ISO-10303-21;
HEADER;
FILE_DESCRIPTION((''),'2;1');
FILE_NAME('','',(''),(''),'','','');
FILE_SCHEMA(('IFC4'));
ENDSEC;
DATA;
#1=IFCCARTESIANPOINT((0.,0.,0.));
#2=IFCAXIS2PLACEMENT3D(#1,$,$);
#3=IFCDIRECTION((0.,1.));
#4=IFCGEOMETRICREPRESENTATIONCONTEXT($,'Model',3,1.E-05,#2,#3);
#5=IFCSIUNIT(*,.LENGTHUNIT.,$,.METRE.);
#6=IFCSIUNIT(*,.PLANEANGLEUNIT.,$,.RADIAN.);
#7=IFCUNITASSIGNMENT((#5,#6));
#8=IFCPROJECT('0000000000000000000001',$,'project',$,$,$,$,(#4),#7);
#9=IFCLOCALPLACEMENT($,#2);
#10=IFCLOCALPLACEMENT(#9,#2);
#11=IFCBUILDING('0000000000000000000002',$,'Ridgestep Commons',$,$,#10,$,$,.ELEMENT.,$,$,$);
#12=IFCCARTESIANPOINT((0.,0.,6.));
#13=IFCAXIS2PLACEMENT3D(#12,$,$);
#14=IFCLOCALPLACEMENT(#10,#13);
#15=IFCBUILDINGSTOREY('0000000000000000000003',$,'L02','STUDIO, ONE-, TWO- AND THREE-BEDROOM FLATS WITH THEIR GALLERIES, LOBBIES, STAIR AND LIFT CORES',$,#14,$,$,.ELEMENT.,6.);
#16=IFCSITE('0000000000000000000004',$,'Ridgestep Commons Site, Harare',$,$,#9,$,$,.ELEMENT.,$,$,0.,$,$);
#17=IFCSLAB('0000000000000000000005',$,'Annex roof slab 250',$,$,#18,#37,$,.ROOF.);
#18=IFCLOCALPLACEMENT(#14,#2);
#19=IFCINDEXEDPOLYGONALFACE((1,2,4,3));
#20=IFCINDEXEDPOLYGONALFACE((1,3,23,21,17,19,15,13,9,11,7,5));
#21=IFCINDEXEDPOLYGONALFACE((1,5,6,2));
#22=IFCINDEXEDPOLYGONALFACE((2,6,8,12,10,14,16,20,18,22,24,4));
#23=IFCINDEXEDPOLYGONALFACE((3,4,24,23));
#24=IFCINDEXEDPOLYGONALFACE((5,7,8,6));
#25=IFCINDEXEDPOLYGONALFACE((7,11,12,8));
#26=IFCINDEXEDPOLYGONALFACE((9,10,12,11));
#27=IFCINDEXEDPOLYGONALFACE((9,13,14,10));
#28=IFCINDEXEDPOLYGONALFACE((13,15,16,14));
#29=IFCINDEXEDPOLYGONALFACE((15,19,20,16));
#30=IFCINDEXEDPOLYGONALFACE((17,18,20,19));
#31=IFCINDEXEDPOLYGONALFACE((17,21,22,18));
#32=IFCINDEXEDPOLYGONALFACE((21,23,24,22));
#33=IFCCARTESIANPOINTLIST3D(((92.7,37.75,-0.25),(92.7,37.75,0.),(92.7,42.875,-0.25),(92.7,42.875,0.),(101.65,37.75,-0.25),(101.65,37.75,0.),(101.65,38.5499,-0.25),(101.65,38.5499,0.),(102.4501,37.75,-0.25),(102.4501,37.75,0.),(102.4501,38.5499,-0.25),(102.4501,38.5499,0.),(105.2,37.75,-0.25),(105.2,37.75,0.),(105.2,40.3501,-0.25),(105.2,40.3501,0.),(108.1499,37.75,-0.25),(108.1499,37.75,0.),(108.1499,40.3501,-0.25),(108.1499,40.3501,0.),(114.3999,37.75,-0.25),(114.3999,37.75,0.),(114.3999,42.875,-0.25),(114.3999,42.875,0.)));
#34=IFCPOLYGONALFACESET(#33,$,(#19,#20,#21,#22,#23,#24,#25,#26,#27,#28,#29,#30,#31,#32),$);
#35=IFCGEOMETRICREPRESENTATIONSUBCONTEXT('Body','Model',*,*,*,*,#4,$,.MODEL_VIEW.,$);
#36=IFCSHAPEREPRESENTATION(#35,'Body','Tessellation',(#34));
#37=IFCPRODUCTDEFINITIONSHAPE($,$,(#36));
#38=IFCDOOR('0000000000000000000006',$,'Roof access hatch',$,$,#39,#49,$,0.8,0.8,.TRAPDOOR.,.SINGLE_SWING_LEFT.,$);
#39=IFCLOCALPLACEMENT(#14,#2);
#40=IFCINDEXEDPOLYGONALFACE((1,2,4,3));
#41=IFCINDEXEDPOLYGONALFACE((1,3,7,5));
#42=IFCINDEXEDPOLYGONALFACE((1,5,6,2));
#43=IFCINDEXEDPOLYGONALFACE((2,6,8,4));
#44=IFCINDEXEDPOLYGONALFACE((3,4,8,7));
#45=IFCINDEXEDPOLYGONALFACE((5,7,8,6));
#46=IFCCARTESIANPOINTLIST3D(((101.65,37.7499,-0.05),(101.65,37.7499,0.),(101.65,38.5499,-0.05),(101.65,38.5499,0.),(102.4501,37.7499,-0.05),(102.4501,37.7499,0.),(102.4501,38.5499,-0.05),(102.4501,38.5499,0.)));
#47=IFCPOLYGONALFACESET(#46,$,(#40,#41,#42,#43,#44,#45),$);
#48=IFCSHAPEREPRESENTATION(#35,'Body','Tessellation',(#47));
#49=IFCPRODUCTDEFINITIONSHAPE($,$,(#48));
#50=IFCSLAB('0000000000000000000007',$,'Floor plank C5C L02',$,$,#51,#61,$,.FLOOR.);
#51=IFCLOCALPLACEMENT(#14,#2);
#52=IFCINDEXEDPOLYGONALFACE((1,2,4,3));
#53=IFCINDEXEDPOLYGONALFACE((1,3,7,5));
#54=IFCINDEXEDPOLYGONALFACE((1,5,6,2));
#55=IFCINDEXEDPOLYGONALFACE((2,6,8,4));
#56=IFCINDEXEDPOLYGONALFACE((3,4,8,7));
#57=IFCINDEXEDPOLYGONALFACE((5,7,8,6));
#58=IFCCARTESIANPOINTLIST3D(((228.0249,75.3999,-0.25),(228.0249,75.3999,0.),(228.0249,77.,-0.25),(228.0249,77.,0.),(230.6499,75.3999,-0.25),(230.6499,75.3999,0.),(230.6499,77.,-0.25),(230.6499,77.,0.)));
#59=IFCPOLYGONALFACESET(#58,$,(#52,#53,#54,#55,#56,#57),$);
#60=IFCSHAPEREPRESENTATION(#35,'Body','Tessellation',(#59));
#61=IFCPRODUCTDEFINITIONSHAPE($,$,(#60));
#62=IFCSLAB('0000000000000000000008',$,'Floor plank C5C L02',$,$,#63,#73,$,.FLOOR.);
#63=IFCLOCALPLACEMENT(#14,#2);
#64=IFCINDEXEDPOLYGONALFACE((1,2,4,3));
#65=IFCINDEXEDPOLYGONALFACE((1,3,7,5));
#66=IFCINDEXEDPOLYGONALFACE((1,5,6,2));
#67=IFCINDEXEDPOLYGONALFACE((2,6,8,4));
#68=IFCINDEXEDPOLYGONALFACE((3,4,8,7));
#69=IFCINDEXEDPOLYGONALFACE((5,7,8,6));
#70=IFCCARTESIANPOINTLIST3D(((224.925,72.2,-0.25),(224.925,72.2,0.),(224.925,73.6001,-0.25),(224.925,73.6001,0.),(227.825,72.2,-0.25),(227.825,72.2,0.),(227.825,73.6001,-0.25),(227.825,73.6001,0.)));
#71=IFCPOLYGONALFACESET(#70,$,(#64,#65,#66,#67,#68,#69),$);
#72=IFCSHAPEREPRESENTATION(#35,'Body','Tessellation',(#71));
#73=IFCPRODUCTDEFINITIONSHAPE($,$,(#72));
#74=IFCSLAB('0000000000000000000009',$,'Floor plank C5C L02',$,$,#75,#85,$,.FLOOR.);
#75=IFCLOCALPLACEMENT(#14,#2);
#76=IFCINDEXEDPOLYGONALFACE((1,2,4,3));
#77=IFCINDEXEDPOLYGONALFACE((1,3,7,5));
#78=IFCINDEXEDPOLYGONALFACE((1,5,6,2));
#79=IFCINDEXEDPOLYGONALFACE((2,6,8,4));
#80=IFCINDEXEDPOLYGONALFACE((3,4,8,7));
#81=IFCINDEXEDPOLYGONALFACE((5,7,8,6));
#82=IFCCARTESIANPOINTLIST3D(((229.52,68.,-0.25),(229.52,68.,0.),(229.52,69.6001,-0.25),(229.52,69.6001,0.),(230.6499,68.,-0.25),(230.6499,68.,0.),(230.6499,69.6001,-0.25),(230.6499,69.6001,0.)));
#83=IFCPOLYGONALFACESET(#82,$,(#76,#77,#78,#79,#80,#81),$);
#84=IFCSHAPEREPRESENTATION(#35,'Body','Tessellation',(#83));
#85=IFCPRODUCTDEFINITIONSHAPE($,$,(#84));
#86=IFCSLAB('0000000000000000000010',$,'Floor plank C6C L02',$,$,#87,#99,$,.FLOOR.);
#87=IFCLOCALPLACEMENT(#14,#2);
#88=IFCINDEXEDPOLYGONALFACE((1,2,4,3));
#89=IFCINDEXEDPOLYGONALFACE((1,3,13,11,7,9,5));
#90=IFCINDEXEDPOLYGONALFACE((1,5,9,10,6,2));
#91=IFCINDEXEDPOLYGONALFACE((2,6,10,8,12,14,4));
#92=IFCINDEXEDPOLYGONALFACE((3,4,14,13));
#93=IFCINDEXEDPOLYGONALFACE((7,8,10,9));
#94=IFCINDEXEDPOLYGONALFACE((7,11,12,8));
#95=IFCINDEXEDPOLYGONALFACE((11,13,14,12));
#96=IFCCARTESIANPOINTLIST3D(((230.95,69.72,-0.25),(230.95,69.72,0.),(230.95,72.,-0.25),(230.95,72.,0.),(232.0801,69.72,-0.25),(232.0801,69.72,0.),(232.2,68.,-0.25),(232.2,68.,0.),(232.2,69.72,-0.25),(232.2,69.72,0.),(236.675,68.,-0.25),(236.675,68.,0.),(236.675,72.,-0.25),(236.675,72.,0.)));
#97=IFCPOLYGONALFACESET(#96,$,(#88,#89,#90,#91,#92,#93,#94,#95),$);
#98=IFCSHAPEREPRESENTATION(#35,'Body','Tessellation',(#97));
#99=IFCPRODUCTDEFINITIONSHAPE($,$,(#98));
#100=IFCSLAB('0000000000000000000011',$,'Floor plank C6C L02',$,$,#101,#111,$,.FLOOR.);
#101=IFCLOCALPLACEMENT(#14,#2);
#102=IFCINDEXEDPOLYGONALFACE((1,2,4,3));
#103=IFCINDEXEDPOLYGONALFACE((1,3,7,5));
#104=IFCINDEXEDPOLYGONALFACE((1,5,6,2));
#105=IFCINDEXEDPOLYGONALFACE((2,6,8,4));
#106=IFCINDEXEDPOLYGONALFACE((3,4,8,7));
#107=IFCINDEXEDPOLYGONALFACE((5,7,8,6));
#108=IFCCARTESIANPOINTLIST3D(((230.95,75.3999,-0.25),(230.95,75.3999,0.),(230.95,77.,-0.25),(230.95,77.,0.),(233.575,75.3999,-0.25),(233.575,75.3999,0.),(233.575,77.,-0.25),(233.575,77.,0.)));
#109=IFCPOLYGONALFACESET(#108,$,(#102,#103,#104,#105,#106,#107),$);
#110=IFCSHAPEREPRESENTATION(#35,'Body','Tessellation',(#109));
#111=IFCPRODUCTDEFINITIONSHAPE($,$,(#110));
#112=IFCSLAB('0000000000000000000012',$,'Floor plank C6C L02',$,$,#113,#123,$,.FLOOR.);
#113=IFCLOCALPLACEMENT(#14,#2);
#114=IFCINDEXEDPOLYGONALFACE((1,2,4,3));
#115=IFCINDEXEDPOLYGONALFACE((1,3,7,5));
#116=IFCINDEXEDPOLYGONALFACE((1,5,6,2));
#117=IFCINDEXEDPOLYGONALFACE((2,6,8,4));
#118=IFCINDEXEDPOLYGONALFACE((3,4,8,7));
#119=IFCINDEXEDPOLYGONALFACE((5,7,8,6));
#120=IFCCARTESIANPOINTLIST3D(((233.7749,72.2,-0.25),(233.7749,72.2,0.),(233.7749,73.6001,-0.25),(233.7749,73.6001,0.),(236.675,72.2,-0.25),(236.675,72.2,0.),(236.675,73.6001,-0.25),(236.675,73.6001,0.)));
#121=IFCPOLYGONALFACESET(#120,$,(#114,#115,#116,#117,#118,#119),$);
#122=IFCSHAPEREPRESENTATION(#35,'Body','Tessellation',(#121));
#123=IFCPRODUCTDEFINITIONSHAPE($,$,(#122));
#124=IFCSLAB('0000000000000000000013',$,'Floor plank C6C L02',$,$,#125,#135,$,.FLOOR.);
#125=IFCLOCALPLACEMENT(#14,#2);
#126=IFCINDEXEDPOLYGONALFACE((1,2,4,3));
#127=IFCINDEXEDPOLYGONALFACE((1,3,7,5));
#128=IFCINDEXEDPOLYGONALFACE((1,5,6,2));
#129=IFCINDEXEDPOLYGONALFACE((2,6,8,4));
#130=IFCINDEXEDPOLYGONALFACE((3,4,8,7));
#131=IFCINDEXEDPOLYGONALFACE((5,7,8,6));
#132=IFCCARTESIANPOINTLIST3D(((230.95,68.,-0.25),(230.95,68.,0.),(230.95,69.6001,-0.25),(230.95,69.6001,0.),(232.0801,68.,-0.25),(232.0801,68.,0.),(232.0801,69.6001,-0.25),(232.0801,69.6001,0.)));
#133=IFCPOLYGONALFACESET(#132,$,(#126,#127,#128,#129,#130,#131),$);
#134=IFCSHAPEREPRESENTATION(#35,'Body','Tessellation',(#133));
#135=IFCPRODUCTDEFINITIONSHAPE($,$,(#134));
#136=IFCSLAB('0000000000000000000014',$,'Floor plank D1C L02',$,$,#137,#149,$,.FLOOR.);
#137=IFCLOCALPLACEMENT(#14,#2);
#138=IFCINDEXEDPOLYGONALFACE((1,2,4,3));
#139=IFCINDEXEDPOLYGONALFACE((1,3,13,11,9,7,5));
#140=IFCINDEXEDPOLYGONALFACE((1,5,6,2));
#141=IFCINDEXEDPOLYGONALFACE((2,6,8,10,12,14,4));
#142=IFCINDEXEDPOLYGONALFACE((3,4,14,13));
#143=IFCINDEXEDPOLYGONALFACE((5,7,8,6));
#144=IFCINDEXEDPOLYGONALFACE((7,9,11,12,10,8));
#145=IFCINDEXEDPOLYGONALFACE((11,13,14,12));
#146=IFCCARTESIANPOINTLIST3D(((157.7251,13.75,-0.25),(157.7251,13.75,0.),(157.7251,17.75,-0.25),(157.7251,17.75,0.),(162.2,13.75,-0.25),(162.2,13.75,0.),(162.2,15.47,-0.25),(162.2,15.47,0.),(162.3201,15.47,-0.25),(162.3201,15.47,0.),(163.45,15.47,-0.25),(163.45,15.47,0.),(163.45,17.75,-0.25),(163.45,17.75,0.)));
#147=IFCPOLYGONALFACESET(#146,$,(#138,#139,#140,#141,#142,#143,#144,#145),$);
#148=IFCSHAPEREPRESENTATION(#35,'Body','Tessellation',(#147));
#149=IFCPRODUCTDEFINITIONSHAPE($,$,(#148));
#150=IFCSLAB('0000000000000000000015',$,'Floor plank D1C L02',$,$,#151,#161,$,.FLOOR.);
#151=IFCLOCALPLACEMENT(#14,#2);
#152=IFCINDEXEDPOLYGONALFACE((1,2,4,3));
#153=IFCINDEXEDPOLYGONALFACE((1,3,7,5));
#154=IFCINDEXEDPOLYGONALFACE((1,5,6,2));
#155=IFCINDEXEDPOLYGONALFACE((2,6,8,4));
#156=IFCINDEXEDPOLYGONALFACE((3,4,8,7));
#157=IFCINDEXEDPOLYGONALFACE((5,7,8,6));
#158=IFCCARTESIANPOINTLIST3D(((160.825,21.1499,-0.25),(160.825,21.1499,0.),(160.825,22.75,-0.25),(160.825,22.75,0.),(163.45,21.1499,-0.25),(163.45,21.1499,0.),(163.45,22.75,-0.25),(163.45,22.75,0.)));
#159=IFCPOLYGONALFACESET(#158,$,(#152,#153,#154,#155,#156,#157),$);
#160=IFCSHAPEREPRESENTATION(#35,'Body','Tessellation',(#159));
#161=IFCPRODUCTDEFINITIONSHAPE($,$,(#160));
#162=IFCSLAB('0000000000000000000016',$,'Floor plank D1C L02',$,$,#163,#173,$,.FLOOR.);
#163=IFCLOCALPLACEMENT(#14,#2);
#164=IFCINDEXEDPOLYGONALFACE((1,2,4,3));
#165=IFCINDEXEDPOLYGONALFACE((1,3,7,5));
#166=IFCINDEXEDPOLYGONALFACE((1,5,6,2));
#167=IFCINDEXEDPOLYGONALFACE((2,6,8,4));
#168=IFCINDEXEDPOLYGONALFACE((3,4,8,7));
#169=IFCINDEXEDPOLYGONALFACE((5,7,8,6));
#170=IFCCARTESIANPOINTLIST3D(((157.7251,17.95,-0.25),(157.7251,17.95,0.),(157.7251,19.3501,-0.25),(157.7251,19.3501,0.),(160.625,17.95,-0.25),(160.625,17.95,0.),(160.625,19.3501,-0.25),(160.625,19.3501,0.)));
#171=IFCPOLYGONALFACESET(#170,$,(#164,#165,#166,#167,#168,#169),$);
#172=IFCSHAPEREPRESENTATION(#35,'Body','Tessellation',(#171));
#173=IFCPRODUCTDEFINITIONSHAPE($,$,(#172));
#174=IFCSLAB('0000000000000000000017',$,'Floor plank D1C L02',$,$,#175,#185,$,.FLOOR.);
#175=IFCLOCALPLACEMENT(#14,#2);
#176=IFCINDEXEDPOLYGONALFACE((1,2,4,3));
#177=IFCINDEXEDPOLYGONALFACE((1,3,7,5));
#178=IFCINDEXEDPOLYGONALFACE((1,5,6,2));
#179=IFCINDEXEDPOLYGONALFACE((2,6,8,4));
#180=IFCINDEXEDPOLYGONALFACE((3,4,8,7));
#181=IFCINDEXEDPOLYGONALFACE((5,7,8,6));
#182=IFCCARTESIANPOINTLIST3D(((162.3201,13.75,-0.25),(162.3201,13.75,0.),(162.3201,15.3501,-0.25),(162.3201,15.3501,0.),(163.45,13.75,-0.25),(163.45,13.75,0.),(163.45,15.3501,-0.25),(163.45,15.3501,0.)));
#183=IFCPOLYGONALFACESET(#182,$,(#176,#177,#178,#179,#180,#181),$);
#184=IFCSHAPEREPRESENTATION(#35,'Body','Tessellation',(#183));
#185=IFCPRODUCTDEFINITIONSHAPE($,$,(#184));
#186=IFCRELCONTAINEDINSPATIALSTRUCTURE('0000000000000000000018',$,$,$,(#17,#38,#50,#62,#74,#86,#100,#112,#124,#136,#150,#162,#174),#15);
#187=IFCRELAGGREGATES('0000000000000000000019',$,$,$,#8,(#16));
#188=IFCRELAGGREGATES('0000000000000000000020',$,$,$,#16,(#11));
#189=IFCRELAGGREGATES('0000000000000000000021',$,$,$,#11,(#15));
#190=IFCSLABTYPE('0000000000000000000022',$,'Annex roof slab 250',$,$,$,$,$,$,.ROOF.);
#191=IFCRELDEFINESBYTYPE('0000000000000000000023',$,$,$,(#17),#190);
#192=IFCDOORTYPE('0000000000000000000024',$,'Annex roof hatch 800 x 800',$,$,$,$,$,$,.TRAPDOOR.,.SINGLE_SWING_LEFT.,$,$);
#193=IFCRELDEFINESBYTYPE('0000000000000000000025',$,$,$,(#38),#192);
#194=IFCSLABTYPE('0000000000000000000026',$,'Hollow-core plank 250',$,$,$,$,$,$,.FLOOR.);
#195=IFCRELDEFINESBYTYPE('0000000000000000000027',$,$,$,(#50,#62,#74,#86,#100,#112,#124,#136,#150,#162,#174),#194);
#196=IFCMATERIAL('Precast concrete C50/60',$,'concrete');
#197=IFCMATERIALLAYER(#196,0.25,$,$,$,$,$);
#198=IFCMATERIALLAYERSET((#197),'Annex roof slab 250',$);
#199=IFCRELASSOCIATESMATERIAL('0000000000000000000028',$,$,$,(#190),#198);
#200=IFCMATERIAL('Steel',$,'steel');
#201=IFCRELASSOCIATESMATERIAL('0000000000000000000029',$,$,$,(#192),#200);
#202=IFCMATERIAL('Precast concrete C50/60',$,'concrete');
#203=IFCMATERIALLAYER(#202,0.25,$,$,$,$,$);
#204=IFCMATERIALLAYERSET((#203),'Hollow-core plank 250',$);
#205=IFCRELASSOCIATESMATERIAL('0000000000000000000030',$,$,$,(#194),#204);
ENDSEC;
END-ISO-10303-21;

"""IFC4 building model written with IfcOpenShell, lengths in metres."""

from ifc_helpers import new_model, si_unit, direction, frame, origin, origin_2d, place, context, subcontext, project, spatial, polyline, rectangle, outline, extrude, material, layer, layer_set, type_object, element, fill, save


model = new_model("IFC4")

# Units and contexts
model_context = context("Model", 3, precision=1e-05, world=origin(), true_north=direction((0.0, 1.0)))
body_context = subcontext(model_context, "Body", "Model", "MODEL_VIEW")
ifc_project = project(units=[si_unit("LENGTHUNIT", "METRE"), si_unit("PLANEANGLEUNIT", "RADIAN")], contexts=[model_context])

# Site, building, storey
site_placement = place(None, origin())
site = spatial("IfcSite", under=ifc_project, at=site_placement, Name="Ridgestep Commons Site, Harare", CompositionType="ELEMENT", RefElevation=0.0)
building_placement = place(site_placement, origin())
building = spatial("IfcBuilding", under=site, at=building_placement, Name="Ridgestep Commons", CompositionType="ELEMENT")
storey_placement = place(building_placement, frame((0.0, 0.0, 6.0)))
storey = spatial("IfcBuildingStorey", under=building, at=storey_placement, Name="L02", Description="STUDIO, ONE-, TWO- AND THREE-BEDROOM FLATS WITH THEIR GALLERIES, LOBBIES, STAIR AND LIFT CORES", CompositionType="ELEMENT", Elevation=6.0)

# Slab, opening, door
ifc_material_1 = material(Name="Precast concrete C50/60", Category="concrete")
ifc_layer_1 = layer(ifc_material_1, 0.25)
ifc_layer_set_1 = layer_set([ifc_layer_1], Name="Annex roof slab 250")
slab_type_1 = type_object("IfcSlabType", Name="Annex roof slab 250", PredefinedType="ROOF", material=ifc_layer_set_1)
slab_1_placement = place(storey_placement, frame((0.0, 0.0, -0.25)))
slab_1 = element("IfcSlab", 1, at=slab_1_placement, inside=storey, type_object=slab_type_1, Name="Annex roof slab 250", PredefinedType="ROOF", context=body_context, shape_type="SweptSolid", body=[
    extrude(outline(polyline([(92.7, 37.75), (92.7, 42.875), (114.3999, 42.875), (114.3999, 37.75), (108.1499, 37.75), (108.1499, 40.3501), (105.2, 40.3501), (105.2, 37.75), (92.7, 37.75)])), origin(), (0.0, 0.0, 1.0), 0.25),
])
opening_placement = place(slab_1_placement, frame((102.05, 38.1499, 0.0)))
opening = element("IfcOpeningElement", 2, at=opening_placement, cuts=slab_1, PredefinedType="OPENING", context=body_context, shape_type="SweptSolid", body=[
    extrude(rectangle(XDim=0.8, YDim=0.8, at=origin_2d()), origin(), (0.0, 0.0, 1.0), 0.25),
])
ifc_material_2 = material(Name="Steel", Category="steel")
door_type = type_object("IfcDoorType", Name="Annex roof hatch 800 x 800", OperationType="SINGLE_SWING_LEFT", PredefinedType="TRAPDOOR", material=ifc_material_2)
door_placement = place(opening_placement, frame((0.0, 0.0, 0.2)))
door = element("IfcDoor", 3, at=door_placement, inside=storey, type_object=door_type, Name="Roof access hatch", OperationType="SINGLE_SWING_LEFT", OverallHeight=0.8, OverallWidth=0.8, PredefinedType="TRAPDOOR", context=body_context, shape_type="SweptSolid", body=[
    extrude(rectangle(XDim=0.8, YDim=0.8, at=origin_2d()), origin(), (0.0, 0.0, 1.0), 0.05),
])
fill(opening, door)

# Slabs
ifc_material_3 = material(Name="Precast concrete C50/60", Category="concrete")
ifc_layer_2 = layer(ifc_material_3, 0.25)
ifc_layer_set_2 = layer_set([ifc_layer_2], Name="Hollow-core plank 250")
slab_type_2 = type_object("IfcSlabType", Name="Hollow-core plank 250", PredefinedType="FLOOR", material=ifc_layer_set_2)
slab_2_placement = place(storey_placement, frame((0.0, 0.0, -0.25)))
element("IfcSlab", 4, at=slab_2_placement, inside=storey, type_object=slab_type_2, Name="Floor plank C5C L02", PredefinedType="FLOOR", context=body_context, shape_type="SweptSolid", body=[
    extrude(outline(polyline([(230.6499, 75.3999), (230.6499, 77.0), (228.0249, 77.0), (228.0249, 75.3999), (230.6499, 75.3999)])), origin(), (0.0, 0.0, 1.0), 0.25),
])
slab_3_placement = place(storey_placement, frame((0.0, 0.0, -0.25)))
element("IfcSlab", 5, at=slab_3_placement, inside=storey, type_object=slab_type_2, Name="Floor plank C5C L02", PredefinedType="FLOOR", context=body_context, shape_type="SweptSolid", body=[
    extrude(outline(polyline([(227.825, 72.2), (227.825, 73.6001), (224.925, 73.6001), (224.925, 72.2), (227.825, 72.2)])), origin(), (0.0, 0.0, 1.0), 0.25),
])
slab_4_placement = place(storey_placement, frame((0.0, 0.0, -0.25)))
element("IfcSlab", 6, at=slab_4_placement, inside=storey, type_object=slab_type_2, Name="Floor plank C5C L02", PredefinedType="FLOOR", context=body_context, shape_type="SweptSolid", body=[
    extrude(outline(polyline([(229.52, 68.0), (230.6499, 68.0), (230.6499, 69.6001), (229.52, 69.6001), (229.52, 68.0)])), origin(), (0.0, 0.0, 1.0), 0.25),
])
slab_5_placement = place(storey_placement, frame((0.0, 0.0, -0.25)))
element("IfcSlab", 7, at=slab_5_placement, inside=storey, type_object=slab_type_2, Name="Floor plank C6C L02", PredefinedType="FLOOR", context=body_context, shape_type="SweptSolid", body=[
    extrude(outline(polyline([(232.2, 68.0), (236.675, 68.0), (236.675, 72.0), (230.95, 72.0), (230.95, 69.72), (232.0801, 69.72), (232.2, 69.72), (232.2, 68.0)])), origin(), (0.0, 0.0, 1.0), 0.25),
])
slab_6_placement = place(storey_placement, frame((0.0, 0.0, -0.25)))
element("IfcSlab", 8, at=slab_6_placement, inside=storey, type_object=slab_type_2, Name="Floor plank C6C L02", PredefinedType="FLOOR", context=body_context, shape_type="SweptSolid", body=[
    extrude(outline(polyline([(233.575, 77.0), (230.95, 77.0), (230.95, 75.3999), (233.575, 75.3999), (233.575, 77.0)])), origin(), (0.0, 0.0, 1.0), 0.25),
])
slab_7_placement = place(storey_placement, frame((0.0, 0.0, -0.25)))
element("IfcSlab", 9, at=slab_7_placement, inside=storey, type_object=slab_type_2, Name="Floor plank C6C L02", PredefinedType="FLOOR", context=body_context, shape_type="SweptSolid", body=[
    extrude(outline(polyline([(236.675, 72.2), (236.675, 73.6001), (233.7749, 73.6001), (233.7749, 72.2), (236.675, 72.2)])), origin(), (0.0, 0.0, 1.0), 0.25),
])
slab_8_placement = place(storey_placement, frame((0.0, 0.0, -0.25)))
element("IfcSlab", 10, at=slab_8_placement, inside=storey, type_object=slab_type_2, Name="Floor plank C6C L02", PredefinedType="FLOOR", context=body_context, shape_type="SweptSolid", body=[
    extrude(outline(polyline([(232.0801, 69.6001), (230.95, 69.6001), (230.95, 68.0), (232.0801, 68.0), (232.0801, 69.6001)])), origin(), (0.0, 0.0, 1.0), 0.25),
])
slab_9_placement = place(storey_placement, frame((0.0, 0.0, -0.25)))
element("IfcSlab", 11, at=slab_9_placement, inside=storey, type_object=slab_type_2, Name="Floor plank D1C L02", PredefinedType="FLOOR", context=body_context, shape_type="SweptSolid", body=[
    extrude(outline(polyline([(162.3201, 15.47), (163.45, 15.47), (163.45, 17.75), (157.7251, 17.75), (157.7251, 13.75), (162.2, 13.75), (162.2, 15.47), (162.3201, 15.47)])), origin(), (0.0, 0.0, 1.0), 0.25),
])
slab_10_placement = place(storey_placement, frame((0.0, 0.0, -0.25)))
element("IfcSlab", 12, at=slab_10_placement, inside=storey, type_object=slab_type_2, Name="Floor plank D1C L02", PredefinedType="FLOOR", context=body_context, shape_type="SweptSolid", body=[
    extrude(outline(polyline([(163.45, 21.1499), (163.45, 22.75), (160.825, 22.75), (160.825, 21.1499), (163.45, 21.1499)])), origin(), (0.0, 0.0, 1.0), 0.25),
])
slab_11_placement = place(storey_placement, frame((0.0, 0.0, -0.25)))
element("IfcSlab", 13, at=slab_11_placement, inside=storey, type_object=slab_type_2, Name="Floor plank D1C L02", PredefinedType="FLOOR", context=body_context, shape_type="SweptSolid", body=[
    extrude(outline(polyline([(160.625, 17.95), (160.625, 19.3501), (157.7251, 19.3501), (157.7251, 17.95), (160.625, 17.95)])), origin(), (0.0, 0.0, 1.0), 0.25),
])
slab_12_placement = place(storey_placement, frame((0.0, 0.0, -0.25)))
element("IfcSlab", 14, at=slab_12_placement, inside=storey, type_object=slab_type_2, Name="Floor plank D1C L02", PredefinedType="FLOOR", context=body_context, shape_type="SweptSolid", body=[
    extrude(outline(polyline([(162.3201, 13.75), (163.45, 13.75), (163.45, 15.3501), (162.3201, 15.3501), (162.3201, 13.75)])), origin(), (0.0, 0.0, 1.0), 0.25),
])

save(model, "model.ifc")
